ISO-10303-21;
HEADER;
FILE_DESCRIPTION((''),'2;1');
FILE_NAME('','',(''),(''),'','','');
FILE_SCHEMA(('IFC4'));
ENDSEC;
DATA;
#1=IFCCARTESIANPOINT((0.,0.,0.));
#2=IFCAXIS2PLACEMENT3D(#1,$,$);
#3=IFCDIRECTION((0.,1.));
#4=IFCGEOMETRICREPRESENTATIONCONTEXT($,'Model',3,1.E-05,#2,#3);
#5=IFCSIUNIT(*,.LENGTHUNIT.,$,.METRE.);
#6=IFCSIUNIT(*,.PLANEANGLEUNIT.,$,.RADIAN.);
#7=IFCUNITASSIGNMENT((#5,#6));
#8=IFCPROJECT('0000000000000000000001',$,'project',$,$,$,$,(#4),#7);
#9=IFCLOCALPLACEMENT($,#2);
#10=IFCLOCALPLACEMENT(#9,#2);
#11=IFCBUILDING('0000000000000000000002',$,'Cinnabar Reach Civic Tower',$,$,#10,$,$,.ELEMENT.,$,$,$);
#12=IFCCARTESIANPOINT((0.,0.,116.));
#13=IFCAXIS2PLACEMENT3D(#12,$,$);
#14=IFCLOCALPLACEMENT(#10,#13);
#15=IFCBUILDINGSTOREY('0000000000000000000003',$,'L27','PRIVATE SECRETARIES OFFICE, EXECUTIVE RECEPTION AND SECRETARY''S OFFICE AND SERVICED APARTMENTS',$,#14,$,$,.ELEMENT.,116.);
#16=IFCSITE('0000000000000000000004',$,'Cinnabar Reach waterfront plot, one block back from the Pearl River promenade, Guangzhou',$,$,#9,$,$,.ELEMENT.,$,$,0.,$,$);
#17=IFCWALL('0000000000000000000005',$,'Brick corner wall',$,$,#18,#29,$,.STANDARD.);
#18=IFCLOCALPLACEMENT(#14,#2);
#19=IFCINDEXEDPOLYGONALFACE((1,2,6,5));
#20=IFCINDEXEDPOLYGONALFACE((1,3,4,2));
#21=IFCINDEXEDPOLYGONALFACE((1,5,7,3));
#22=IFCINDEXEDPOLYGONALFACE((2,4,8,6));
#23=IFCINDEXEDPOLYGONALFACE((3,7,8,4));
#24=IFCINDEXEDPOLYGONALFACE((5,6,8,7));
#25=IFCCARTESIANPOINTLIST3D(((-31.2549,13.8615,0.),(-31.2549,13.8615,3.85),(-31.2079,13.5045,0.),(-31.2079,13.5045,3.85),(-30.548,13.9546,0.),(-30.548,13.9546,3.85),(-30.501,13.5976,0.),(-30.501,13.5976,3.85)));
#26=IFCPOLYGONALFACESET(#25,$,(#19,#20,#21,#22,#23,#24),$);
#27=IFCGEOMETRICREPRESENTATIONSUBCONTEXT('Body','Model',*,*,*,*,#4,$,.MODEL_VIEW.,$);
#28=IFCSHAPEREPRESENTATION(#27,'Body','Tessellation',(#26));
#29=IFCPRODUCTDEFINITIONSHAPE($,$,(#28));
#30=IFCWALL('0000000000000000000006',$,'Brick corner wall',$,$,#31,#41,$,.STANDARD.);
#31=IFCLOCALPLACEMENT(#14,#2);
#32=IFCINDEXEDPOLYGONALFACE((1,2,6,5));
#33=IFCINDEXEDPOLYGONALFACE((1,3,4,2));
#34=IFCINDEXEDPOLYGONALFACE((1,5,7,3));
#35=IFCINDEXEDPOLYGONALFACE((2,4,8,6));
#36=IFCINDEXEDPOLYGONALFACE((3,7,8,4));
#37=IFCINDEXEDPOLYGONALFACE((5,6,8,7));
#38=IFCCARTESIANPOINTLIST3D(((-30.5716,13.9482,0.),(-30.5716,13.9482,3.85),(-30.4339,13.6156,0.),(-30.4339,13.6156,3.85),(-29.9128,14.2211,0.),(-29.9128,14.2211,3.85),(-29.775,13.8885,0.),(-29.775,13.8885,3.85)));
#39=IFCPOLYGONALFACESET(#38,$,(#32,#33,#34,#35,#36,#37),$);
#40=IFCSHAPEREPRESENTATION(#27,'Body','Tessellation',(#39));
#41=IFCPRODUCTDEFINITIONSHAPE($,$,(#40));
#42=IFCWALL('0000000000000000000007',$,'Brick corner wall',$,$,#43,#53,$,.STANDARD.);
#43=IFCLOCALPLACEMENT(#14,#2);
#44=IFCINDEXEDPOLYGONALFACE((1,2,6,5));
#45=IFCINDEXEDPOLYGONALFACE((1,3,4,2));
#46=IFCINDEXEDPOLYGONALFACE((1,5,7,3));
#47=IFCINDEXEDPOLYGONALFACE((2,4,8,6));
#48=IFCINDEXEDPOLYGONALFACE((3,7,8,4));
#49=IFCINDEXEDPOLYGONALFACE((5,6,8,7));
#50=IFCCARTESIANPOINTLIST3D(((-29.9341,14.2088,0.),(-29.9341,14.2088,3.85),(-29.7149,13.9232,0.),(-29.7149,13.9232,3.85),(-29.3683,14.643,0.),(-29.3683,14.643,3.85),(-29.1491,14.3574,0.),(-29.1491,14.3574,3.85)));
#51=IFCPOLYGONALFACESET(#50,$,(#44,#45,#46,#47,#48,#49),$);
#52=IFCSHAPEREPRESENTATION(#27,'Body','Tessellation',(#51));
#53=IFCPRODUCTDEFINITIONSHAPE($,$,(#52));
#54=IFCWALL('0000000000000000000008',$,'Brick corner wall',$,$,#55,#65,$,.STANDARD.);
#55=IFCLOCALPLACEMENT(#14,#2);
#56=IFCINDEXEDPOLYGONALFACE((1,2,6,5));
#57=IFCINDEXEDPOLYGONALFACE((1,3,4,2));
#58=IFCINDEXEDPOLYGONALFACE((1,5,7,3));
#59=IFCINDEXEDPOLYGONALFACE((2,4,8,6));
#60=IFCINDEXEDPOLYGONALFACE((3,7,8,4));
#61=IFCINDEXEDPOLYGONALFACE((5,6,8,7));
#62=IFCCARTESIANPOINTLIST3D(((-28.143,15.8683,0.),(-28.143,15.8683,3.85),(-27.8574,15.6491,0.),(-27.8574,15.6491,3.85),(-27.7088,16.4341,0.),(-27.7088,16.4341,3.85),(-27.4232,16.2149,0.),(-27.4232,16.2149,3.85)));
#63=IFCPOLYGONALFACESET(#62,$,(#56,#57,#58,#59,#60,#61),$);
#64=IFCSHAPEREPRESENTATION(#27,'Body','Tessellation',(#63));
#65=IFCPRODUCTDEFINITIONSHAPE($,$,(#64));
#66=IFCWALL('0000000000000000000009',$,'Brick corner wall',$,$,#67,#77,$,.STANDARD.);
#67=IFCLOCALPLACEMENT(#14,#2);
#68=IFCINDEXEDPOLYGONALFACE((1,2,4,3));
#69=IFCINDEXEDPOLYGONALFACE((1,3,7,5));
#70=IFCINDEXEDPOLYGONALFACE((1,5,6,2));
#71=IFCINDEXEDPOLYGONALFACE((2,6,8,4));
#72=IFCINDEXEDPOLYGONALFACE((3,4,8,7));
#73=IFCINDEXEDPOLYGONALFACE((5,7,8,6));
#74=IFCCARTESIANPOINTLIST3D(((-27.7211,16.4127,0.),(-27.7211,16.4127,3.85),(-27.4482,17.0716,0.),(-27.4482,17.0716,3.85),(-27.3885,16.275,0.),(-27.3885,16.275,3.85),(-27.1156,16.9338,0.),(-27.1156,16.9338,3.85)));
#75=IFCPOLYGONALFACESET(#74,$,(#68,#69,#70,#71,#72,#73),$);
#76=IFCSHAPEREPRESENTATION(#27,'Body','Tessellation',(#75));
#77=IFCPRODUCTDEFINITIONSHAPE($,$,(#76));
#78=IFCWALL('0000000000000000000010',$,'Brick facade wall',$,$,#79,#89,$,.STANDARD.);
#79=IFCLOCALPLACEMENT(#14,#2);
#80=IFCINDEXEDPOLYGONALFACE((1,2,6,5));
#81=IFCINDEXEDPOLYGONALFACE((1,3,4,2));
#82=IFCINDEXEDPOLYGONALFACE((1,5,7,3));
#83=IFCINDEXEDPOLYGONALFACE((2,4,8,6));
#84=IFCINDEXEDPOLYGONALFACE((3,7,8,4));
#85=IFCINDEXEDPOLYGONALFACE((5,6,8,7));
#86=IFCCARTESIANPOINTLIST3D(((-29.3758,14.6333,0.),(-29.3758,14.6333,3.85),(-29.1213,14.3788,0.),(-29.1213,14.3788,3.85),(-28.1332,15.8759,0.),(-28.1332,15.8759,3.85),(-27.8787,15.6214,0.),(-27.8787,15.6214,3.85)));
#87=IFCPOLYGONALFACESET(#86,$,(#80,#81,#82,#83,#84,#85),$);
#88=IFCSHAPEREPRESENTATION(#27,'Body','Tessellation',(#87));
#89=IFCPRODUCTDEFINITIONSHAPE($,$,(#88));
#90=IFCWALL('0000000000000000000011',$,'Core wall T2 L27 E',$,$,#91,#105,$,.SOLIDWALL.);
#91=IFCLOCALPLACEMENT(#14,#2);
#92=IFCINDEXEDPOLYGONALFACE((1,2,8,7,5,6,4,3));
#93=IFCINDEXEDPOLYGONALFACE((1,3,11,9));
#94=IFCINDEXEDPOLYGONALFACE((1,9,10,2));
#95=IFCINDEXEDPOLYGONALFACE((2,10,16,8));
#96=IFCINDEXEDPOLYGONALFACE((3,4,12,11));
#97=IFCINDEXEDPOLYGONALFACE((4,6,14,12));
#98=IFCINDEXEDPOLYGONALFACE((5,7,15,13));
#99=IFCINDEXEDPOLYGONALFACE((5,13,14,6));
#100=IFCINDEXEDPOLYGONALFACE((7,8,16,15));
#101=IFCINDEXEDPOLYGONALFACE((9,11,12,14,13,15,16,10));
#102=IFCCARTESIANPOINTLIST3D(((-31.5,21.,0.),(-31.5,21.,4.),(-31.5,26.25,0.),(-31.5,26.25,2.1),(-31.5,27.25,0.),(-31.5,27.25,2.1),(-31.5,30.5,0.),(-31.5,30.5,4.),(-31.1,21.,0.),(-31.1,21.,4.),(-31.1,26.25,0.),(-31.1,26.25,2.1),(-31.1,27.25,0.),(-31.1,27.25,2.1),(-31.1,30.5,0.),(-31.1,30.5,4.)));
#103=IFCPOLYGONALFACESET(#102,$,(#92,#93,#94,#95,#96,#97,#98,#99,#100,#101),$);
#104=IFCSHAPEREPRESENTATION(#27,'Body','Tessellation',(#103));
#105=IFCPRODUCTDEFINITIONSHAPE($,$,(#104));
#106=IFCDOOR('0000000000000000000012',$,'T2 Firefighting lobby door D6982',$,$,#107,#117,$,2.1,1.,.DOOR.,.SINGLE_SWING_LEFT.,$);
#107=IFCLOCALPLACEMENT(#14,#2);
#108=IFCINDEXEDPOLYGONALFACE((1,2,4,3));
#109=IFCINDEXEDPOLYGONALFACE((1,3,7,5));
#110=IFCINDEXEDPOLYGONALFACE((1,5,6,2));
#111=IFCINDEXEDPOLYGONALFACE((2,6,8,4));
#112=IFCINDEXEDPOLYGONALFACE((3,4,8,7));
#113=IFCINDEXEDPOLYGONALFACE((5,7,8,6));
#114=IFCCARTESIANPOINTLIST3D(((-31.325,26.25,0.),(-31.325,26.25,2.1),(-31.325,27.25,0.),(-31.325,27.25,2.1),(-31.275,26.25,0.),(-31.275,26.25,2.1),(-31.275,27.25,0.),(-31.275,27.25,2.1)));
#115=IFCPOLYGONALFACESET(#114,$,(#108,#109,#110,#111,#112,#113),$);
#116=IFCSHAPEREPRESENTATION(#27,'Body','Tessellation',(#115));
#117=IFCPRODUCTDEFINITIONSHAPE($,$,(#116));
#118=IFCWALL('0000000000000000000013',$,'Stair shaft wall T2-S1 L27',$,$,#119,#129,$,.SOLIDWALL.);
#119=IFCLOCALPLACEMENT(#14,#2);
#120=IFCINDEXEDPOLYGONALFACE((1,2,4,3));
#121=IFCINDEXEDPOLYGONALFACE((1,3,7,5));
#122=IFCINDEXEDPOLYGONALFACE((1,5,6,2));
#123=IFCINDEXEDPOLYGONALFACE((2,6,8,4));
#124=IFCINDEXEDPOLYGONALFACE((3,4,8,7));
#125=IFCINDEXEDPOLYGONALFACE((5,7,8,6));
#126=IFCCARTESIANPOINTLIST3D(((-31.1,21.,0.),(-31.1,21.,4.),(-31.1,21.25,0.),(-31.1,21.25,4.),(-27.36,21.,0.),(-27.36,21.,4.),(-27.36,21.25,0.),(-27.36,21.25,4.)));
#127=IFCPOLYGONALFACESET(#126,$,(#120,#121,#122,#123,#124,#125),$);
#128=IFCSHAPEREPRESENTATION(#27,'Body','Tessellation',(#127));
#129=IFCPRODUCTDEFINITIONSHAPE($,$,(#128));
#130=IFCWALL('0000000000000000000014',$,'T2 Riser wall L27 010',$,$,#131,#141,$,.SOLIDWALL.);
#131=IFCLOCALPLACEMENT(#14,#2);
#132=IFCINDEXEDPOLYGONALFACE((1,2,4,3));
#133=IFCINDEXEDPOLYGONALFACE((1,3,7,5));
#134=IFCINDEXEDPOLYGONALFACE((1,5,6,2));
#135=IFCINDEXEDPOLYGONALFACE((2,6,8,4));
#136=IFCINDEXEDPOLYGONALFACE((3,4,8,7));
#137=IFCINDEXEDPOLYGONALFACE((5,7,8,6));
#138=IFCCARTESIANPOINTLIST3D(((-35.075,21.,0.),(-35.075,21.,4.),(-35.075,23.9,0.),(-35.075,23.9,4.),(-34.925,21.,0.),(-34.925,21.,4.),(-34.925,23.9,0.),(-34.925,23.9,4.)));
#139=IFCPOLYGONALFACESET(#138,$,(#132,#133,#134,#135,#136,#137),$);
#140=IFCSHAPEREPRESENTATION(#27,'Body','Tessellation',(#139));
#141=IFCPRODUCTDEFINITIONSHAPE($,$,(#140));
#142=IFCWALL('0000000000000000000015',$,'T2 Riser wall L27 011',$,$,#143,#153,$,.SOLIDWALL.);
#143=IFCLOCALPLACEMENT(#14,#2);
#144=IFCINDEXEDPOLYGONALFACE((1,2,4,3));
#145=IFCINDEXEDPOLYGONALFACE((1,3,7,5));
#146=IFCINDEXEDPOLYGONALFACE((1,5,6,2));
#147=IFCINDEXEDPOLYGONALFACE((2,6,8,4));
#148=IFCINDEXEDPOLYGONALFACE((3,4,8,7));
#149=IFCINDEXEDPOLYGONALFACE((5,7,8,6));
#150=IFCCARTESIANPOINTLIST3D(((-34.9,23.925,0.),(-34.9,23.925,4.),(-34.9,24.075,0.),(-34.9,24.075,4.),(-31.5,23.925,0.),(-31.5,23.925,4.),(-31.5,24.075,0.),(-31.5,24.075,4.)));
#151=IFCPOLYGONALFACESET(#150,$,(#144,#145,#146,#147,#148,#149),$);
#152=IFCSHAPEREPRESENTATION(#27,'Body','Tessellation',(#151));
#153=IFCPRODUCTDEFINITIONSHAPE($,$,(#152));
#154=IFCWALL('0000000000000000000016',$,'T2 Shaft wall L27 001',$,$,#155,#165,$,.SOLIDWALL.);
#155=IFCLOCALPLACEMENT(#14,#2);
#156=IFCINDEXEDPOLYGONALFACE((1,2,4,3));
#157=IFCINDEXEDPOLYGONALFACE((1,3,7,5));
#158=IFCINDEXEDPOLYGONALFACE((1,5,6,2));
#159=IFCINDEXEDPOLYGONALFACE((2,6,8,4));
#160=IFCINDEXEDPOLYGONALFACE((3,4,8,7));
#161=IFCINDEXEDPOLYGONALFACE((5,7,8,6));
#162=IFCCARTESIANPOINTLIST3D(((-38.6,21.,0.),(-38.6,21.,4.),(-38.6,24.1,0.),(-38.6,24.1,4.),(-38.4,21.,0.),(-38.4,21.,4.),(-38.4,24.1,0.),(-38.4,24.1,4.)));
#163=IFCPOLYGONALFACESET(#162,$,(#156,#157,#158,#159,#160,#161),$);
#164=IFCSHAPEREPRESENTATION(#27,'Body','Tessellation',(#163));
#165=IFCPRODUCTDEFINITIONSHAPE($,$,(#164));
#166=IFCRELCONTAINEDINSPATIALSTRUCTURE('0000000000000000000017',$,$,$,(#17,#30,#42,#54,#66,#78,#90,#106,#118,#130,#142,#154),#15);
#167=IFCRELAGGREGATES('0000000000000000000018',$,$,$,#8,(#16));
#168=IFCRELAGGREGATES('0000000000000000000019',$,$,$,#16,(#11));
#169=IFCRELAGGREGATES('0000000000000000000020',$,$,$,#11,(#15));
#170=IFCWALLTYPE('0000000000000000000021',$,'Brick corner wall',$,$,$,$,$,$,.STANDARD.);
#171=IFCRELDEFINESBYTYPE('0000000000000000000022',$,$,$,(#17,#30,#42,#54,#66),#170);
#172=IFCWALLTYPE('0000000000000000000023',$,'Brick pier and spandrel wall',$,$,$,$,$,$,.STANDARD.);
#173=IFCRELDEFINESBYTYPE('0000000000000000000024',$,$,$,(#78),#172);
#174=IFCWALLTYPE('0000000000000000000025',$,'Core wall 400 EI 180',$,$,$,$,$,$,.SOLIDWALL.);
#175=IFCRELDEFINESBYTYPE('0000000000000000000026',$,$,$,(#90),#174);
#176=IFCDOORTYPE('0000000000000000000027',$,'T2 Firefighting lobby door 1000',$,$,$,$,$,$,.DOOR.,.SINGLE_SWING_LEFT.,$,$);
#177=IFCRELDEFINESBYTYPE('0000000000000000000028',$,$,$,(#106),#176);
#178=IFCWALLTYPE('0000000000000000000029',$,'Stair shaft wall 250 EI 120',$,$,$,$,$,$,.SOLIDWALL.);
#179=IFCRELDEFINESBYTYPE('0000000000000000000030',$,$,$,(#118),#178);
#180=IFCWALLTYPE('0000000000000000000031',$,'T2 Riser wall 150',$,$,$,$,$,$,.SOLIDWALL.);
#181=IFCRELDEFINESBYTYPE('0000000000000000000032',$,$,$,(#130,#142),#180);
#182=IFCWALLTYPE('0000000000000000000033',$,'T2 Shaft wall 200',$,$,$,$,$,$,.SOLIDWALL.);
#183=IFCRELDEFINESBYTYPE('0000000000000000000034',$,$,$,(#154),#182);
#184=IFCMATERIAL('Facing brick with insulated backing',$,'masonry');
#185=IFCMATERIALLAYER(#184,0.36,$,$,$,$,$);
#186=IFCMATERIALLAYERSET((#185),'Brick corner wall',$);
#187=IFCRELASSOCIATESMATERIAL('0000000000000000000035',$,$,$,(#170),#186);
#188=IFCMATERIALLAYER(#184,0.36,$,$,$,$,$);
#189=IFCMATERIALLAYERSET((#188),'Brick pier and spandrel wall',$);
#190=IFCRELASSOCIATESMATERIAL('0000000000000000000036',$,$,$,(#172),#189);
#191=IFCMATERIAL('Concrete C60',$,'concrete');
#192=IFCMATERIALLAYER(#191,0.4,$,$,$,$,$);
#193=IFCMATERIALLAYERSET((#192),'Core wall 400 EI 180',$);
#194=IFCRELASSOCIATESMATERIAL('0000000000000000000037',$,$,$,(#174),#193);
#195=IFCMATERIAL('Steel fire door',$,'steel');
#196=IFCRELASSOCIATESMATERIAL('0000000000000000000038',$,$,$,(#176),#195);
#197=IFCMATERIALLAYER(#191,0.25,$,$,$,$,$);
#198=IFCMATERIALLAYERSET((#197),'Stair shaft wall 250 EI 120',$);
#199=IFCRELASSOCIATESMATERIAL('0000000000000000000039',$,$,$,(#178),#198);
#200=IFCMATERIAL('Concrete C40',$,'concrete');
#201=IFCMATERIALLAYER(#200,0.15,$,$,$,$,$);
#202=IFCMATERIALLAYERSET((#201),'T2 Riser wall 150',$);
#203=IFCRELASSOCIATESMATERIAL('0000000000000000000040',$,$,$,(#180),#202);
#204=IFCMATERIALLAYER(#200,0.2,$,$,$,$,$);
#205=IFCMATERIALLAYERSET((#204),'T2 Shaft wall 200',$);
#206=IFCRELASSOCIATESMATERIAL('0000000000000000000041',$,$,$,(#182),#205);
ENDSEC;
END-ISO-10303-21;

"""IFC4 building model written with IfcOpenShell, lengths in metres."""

from ifc_helpers import new_model, si_unit, direction, frame, frame_2d, origin, place, context, subcontext, project, spatial, rectangle, extrude, material, layer, layer_set, type_object, element, fill, save


model = new_model("IFC4")

# Units and contexts
model_context = context("Model", 3, precision=1e-05, world=origin(), true_north=direction((0.0, 1.0)))
body_context = subcontext(model_context, "Body", "Model", "MODEL_VIEW")
ifc_project = project(units=[si_unit("LENGTHUNIT", "METRE"), si_unit("PLANEANGLEUNIT", "RADIAN")], contexts=[model_context])

# Site, building, storey
site_placement = place(None, origin())
site = spatial("IfcSite", under=ifc_project, at=site_placement, Name="Cinnabar Reach waterfront plot, one block back from the Pearl River promenade, Guangzhou", CompositionType="ELEMENT", RefElevation=0.0)
building_placement = place(site_placement, origin())
building = spatial("IfcBuilding", under=site, at=building_placement, Name="Cinnabar Reach Civic Tower", CompositionType="ELEMENT")
storey_placement = place(building_placement, frame((0.0, 0.0, 116.0)))
storey = spatial("IfcBuildingStorey", under=building, at=storey_placement, Name="L27", Description="PRIVATE SECRETARIES OFFICE, EXECUTIVE RECEPTION AND SECRETARY'S OFFICE AND SERVICED APARTMENTS", CompositionType="ELEMENT", Elevation=116.0)

# Shared definitions
ifc_material_1 = material(Name="Concrete C60", Category="concrete")

# Walls
ifc_material_2 = material(Name="Facing brick with insulated backing", Category="masonry")
ifc_layer_1 = layer(ifc_material_2, 0.36)
ifc_layer_set_1 = layer_set([ifc_layer_1], Name="Brick corner wall")
wall_type_1 = type_object("IfcWallType", Name="Brick corner wall", PredefinedType="STANDARD", material=ifc_layer_set_1)
for number, where, z_axis, x_axis, name in (
    (1, (-31.2314, 13.683, 0.0), (0.0, 0.0, 1.0), (0.991441, 0.130556, 0.0), "Brick corner wall"),
    (2, (-30.5027, 13.7819, 0.0), (0.0, 0.0, 1.0), (0.923872, 0.382703, 0.0), "Brick corner wall"),
):
    element("IfcWall", number, at=place(storey_placement, frame(where, z_axis=z_axis, x_axis=x_axis)), inside=storey, type_object=wall_type_1, Name=name, PredefinedType="STANDARD", context=body_context, shape_type="SweptSolid", body=[
        extrude(rectangle(XDim=0.7131, YDim=0.36, at=frame_2d((0.3565, 0.0))), origin(), (0.0, 0.0, 1.0), 3.85),
    ])
for number, where, z_axis, x_axis, name in (
    (3, (-29.8245, 14.066, 0.0), (0.0, 0.0, 1.0), (0.793322, 0.608802, 0.0), "Brick corner wall"),
    (4, (-28.0002, 15.7587, 0.0), (0.0, 0.0, 1.0), (0.608802, 0.793322, 0.0), "Brick corner wall"),
):
    element("IfcWall", number, at=place(storey_placement, frame(where, z_axis=z_axis, x_axis=x_axis)), inside=storey, type_object=wall_type_1, Name=name, PredefinedType="STANDARD", context=body_context, shape_type="SweptSolid", body=[
        extrude(rectangle(XDim=0.7132, YDim=0.36, at=frame_2d((0.3566, 0.0))), origin(), (0.0, 0.0, 1.0), 3.85),
    ])
wall_1_placement = place(storey_placement, frame((-27.5548, 16.3439, 0.0), z_axis=(0.0, 0.0, 1.0), x_axis=(0.382703, 0.923872, 0.0)))
element("IfcWall", 5, at=wall_1_placement, inside=storey, type_object=wall_type_1, Name="Brick corner wall", PredefinedType="STANDARD", context=body_context, shape_type="SweptSolid", body=[
    extrude(rectangle(XDim=0.7131, YDim=0.36, at=frame_2d((0.3565, 0.0))), origin(), (0.0, 0.0, 1.0), 3.85),
])
ifc_layer_2 = layer(ifc_material_2, 0.36)
ifc_layer_set_2 = layer_set([ifc_layer_2], Name="Brick pier and spandrel wall")
wall_type_2 = type_object("IfcWallType", Name="Brick pier and spandrel wall", PredefinedType="STANDARD", material=ifc_layer_set_2)
wall_2_placement = place(storey_placement, frame((-29.2486, 14.506, 0.0), z_axis=(0.0, 0.0, 1.0), x_axis=(0.707107, 0.707107, 0.0)))
element("IfcWall", 6, at=wall_2_placement, inside=storey, type_object=wall_type_2, Name="Brick facade wall", PredefinedType="STANDARD", context=body_context, shape_type="SweptSolid", body=[
    extrude(rectangle(XDim=1.7573, YDim=0.36, at=frame_2d((0.8787, 0.0))), origin(), (0.0, 0.0, 1.0), 3.85),
])

# Wall, opening, door
ifc_layer_3 = layer(ifc_material_1, 0.4)
ifc_layer_set_3 = layer_set([ifc_layer_3], Name="Core wall 400 EI 180")
wall_type_3 = type_object("IfcWallType", Name="Core wall 400 EI 180", PredefinedType="SOLIDWALL", material=ifc_layer_set_3)
wall_3_placement = place(storey_placement, frame((-31.3, 21.0, 0.0), z_axis=(0.0, 0.0, 1.0), x_axis=(0.0, 1.0, 0.0)))
wall_3 = element("IfcWall", 7, at=wall_3_placement, inside=storey, type_object=wall_type_3, Name="Core wall T2 L27 E", PredefinedType="SOLIDWALL", context=body_context, shape_type="SweptSolid", body=[
    extrude(rectangle(XDim=9.5, YDim=0.4, at=frame_2d((4.75, 0.0))), origin(), (0.0, 0.0, 1.0), 4.0),
])
opening_1_placement = place(wall_3_placement, frame((5.25, 0.0, 0.0)))
opening_1 = element("IfcOpeningElement", 8, at=opening_1_placement, cuts=wall_3, PredefinedType="OPENING", context=body_context, shape_type="SweptSolid", body=[
    extrude(rectangle(XDim=1.0, YDim=2.1, at=frame_2d((0.5, 1.05))), frame((0.0, 0.21, 0.0), z_axis=(0.0, -1.0, 0.0), x_axis=(1.0, 0.0, 0.0)), (0.0, 0.0, 1.0), 0.42),
])
ifc_material_3 = material(Name="Steel fire door", Category="steel")
door_type_1 = type_object("IfcDoorType", Name="T2 Firefighting lobby door 1000", OperationType="SINGLE_SWING_LEFT", PredefinedType="DOOR", material=ifc_material_3)
door_1_placement = place(opening_1_placement, frame((1.0, 0.0, 0.0), z_axis=(0.0, 0.0, 1.0), x_axis=(-1.0, 0.0, 0.0)))
door_1 = element("IfcDoor", 9, at=door_1_placement, inside=storey, type_object=door_type_1, Name="T2 Firefighting lobby door D6982", OperationType="SINGLE_SWING_LEFT", OverallHeight=2.1, OverallWidth=1.0, PredefinedType="DOOR", context=body_context, shape_type="SweptSolid", body=[
    extrude(rectangle(XDim=1.0, YDim=2.1, at=frame_2d((0.5, 1.05))), frame((0.0, 0.025, 0.0), z_axis=(0.0, -1.0, 0.0), x_axis=(1.0, 0.0, 0.0)), (0.0, 0.0, 1.0), 0.05),
])
fill(opening_1, door_1)

# Walls
ifc_layer_4 = layer(ifc_material_1, 0.25)
ifc_layer_set_4 = layer_set([ifc_layer_4], Name="Stair shaft wall 250 EI 120")
wall_type_4 = type_object("IfcWallType", Name="Stair shaft wall 250 EI 120", PredefinedType="SOLIDWALL", material=ifc_layer_set_4)
wall_4_placement = place(storey_placement, frame((-31.1, 21.125, 0.0), z_axis=(0.0, 0.0, 1.0), x_axis=(1.0, 0.0, 0.0)))
element("IfcWall", 10, at=wall_4_placement, inside=storey, type_object=wall_type_4, Name="Stair shaft wall T2-S1 L27", PredefinedType="SOLIDWALL", context=body_context, shape_type="SweptSolid", body=[
    extrude(rectangle(XDim=3.74, YDim=0.25, at=frame_2d((1.87, 0.0))), origin(), (0.0, 0.0, 1.0), 4.0),
])
ifc_material_4 = material(Name="Concrete C40", Category="concrete")
ifc_layer_5 = layer(ifc_material_4, 0.15)
ifc_layer_set_5 = layer_set([ifc_layer_5], Name="T2 Riser wall 150")
wall_type_5 = type_object("IfcWallType", Name="T2 Riser wall 150", PredefinedType="SOLIDWALL", material=ifc_layer_set_5)
wall_5_placement = place(storey_placement, frame((-35.0, 21.0, 0.0), z_axis=(0.0, 0.0, 1.0), x_axis=(0.0, 1.0, 0.0)))
element("IfcWall", 11, at=wall_5_placement, inside=storey, type_object=wall_type_5, Name="T2 Riser wall L27 010", PredefinedType="SOLIDWALL", context=body_context, shape_type="SweptSolid", body=[
    extrude(rectangle(XDim=2.9, YDim=0.15, at=frame_2d((1.45, 0.0))), origin(), (0.0, 0.0, 1.0), 4.0),
])
wall_6_placement = place(storey_placement, frame((-31.5, 24.0, 0.0), z_axis=(0.0, 0.0, 1.0), x_axis=(-1.0, 0.0, 0.0)))
element("IfcWall", 12, at=wall_6_placement, inside=storey, type_object=wall_type_5, Name="T2 Riser wall L27 011", PredefinedType="SOLIDWALL", context=body_context, shape_type="SweptSolid", body=[
    extrude(rectangle(XDim=3.4, YDim=0.15, at=frame_2d((1.7, 0.0))), origin(), (0.0, 0.0, 1.0), 4.0),
])
ifc_layer_6 = layer(ifc_material_4, 0.2)
ifc_layer_set_6 = layer_set([ifc_layer_6], Name="T2 Shaft wall 200")
wall_type_6 = type_object("IfcWallType", Name="T2 Shaft wall 200", PredefinedType="SOLIDWALL", material=ifc_layer_set_6)
wall_7_placement = place(storey_placement, frame((-38.5, 21.0, 0.0), z_axis=(0.0, 0.0, 1.0), x_axis=(0.0, 1.0, 0.0)))
element("IfcWall", 13, at=wall_7_placement, inside=storey, type_object=wall_type_6, Name="T2 Shaft wall L27 001", PredefinedType="SOLIDWALL", context=body_context, shape_type="SweptSolid", body=[
    extrude(rectangle(XDim=3.1, YDim=0.2, at=frame_2d((1.55, 0.0))), origin(), (0.0, 0.0, 1.0), 4.0),
])

save(model, "model.ifc")
